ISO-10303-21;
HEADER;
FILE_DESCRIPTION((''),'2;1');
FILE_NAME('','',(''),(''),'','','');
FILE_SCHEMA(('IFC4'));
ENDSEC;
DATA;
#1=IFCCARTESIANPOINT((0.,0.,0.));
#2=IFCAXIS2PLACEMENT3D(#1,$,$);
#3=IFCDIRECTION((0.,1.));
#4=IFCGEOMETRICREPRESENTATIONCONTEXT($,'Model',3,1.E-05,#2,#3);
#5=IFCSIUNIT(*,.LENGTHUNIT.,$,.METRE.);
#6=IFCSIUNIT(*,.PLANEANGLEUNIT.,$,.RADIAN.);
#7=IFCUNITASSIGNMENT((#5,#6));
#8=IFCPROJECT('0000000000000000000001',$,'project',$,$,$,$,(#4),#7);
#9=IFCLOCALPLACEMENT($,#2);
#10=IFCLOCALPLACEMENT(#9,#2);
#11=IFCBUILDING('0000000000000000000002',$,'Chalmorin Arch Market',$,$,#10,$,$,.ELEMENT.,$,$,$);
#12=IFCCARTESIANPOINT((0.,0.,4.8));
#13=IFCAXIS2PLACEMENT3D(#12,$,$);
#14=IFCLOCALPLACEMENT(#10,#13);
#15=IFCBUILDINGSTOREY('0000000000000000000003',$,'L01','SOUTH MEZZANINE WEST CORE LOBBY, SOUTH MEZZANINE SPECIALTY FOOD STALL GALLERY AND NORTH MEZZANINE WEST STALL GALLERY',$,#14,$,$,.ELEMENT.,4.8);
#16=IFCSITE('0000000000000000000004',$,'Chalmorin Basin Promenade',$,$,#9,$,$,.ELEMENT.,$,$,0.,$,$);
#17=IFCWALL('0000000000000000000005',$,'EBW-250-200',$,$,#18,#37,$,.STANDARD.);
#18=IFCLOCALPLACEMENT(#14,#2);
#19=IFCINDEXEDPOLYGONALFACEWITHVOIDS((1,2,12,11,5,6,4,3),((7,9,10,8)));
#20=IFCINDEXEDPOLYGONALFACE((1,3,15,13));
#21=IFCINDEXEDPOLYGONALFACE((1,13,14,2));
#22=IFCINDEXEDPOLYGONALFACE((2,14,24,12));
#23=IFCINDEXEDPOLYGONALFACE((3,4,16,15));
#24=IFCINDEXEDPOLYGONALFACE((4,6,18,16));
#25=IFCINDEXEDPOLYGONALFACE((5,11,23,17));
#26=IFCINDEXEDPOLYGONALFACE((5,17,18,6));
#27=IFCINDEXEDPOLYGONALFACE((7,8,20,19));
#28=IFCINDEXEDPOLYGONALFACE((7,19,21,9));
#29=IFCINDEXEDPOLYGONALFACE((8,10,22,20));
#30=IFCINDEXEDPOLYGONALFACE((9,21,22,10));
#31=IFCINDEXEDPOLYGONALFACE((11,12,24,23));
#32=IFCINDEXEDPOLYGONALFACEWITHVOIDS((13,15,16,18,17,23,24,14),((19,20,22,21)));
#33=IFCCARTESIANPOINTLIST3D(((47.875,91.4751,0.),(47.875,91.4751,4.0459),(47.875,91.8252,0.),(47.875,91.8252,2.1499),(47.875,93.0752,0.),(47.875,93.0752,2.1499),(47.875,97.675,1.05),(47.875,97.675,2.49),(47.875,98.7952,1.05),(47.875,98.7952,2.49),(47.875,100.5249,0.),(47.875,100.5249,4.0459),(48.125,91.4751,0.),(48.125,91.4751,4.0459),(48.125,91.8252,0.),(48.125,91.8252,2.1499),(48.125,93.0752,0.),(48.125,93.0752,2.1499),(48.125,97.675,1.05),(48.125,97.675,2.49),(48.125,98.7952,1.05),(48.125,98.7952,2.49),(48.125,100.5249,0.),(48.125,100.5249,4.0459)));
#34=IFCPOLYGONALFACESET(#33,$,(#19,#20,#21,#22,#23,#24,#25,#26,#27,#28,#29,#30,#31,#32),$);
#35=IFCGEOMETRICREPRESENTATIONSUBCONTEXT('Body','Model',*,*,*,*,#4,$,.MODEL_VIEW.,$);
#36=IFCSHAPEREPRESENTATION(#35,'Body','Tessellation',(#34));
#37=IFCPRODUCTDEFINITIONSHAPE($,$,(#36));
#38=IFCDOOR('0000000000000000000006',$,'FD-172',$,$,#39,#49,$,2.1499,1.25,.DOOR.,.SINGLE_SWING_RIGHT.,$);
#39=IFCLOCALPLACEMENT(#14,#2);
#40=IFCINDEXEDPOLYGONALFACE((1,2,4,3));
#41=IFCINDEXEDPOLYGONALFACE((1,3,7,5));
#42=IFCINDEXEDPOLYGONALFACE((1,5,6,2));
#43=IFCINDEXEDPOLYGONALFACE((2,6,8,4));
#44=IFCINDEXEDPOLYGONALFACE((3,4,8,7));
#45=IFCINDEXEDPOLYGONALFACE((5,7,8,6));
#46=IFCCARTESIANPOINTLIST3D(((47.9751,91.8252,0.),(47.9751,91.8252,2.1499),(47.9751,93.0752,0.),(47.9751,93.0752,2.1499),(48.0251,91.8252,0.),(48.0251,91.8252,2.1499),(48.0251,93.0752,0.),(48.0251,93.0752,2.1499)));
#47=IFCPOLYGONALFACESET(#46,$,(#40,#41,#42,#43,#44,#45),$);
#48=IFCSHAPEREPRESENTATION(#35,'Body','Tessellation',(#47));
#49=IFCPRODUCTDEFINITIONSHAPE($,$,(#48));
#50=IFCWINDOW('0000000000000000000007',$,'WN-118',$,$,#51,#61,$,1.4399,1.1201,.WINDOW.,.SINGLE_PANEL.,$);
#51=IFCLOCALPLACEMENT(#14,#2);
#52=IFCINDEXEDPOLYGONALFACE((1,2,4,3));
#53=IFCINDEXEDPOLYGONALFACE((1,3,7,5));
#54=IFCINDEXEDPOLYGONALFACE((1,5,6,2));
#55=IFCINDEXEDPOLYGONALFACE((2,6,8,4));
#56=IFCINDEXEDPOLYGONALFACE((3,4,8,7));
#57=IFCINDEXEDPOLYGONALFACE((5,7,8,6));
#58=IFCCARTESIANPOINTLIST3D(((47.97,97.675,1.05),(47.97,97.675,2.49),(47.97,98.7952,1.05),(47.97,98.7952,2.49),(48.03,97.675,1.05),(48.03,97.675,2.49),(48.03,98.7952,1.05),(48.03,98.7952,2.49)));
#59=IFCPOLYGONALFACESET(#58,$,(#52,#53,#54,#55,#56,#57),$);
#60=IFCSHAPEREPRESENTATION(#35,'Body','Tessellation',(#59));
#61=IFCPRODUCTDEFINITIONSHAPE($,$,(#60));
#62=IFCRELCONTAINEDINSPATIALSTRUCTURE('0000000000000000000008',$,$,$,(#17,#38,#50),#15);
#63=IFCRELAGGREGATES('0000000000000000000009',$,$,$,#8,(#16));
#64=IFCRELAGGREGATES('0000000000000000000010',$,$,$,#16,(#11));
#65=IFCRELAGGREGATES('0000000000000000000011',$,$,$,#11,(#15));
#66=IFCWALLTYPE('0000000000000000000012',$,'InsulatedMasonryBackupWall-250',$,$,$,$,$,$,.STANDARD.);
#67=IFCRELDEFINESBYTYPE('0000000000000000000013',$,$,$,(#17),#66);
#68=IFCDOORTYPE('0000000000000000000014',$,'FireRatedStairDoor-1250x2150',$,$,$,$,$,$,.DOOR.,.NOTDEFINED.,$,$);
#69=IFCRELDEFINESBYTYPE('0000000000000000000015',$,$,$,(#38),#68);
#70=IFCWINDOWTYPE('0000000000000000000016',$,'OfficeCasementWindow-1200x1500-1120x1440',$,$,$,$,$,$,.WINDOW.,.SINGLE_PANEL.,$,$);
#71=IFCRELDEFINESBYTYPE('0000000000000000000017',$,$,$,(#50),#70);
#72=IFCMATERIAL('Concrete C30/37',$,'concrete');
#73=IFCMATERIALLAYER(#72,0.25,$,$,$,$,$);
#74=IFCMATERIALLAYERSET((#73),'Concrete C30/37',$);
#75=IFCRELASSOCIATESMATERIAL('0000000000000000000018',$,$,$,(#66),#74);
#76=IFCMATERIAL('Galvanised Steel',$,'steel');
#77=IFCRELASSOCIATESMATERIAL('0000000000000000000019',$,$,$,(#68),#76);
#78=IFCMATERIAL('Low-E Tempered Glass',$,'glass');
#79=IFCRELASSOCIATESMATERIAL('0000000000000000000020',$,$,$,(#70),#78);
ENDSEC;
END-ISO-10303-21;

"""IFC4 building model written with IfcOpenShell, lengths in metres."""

from ifc_helpers import new_model, si_unit, direction, frame, frame_2d, origin, place, context, subcontext, project, spatial, rectangle, extrude, material, layer, layer_set, type_object, element, fill, save


model = new_model("IFC4")

# Units and contexts
model_context = context("Model", 3, precision=1e-05, world=origin(), true_north=direction((0.0, 1.0)))
body_context = subcontext(model_context, "Body", "Model", "MODEL_VIEW")
ifc_project = project(units=[si_unit("LENGTHUNIT", "METRE"), si_unit("PLANEANGLEUNIT", "RADIAN")], contexts=[model_context])

# Site, building, storey
site_placement = place(None, origin())
site = spatial("IfcSite", under=ifc_project, at=site_placement, Name="Chalmorin Basin Promenade", CompositionType="ELEMENT", RefElevation=0.0)
building_placement = place(site_placement, origin())
building = spatial("IfcBuilding", under=site, at=building_placement, Name="Chalmorin Arch Market", CompositionType="ELEMENT")
storey_placement = place(building_placement, frame((0.0, 0.0, 4.8)))
storey = spatial("IfcBuildingStorey", under=building, at=storey_placement, Name="L01", Description="SOUTH MEZZANINE WEST CORE LOBBY, SOUTH MEZZANINE SPECIALTY FOOD STALL GALLERY AND NORTH MEZZANINE WEST STALL GALLERY", CompositionType="ELEMENT", Elevation=4.8)

# Shared definitions
ifc_material_1 = material(Name="Low-E Tempered Glass", Category="glass")

# Shared definitions
ifc_material_2 = material(Name="Galvanised Steel", Category="steel")

# Wall, openings, door, window
ifc_material_3 = material(Name="Concrete C30/37", Category="concrete")
ifc_layer_1 = layer(ifc_material_3, 0.25)
ifc_layer_set_1 = layer_set([ifc_layer_1], Name="Concrete C30/37")
wall_type_1 = type_object("IfcWallType", Name="InsulatedMasonryBackupWall-250", PredefinedType="STANDARD", material=ifc_layer_set_1)
wall_1_placement = place(storey_placement, frame((48.0, 91.4751, 0.0), z_axis=(0.0, 0.0, 1.0), x_axis=(0.0, 1.0, 0.0)))
wall_1 = element("IfcWall", 1, at=wall_1_placement, inside=storey, type_object=wall_type_1, Name="EBW-250-200", PredefinedType="STANDARD", context=body_context, shape_type="SweptSolid", body=[
    extrude(rectangle(XDim=9.0498, YDim=0.25, at=frame_2d((4.5249, 0.0))), origin(), (0.0, 0.0, 1.0), 4.0459),
])
opening_1_placement = place(wall_1_placement, frame((6.2, 0.0, 1.05)))
opening_1 = element("IfcOpeningElement", 2, at=opening_1_placement, cuts=wall_1, PredefinedType="OPENING", context=body_context, shape_type="SweptSolid", body=[
    extrude(rectangle(XDim=1.1201, YDim=1.4399, at=frame_2d((0.5601, 0.72))), frame((0.0, 0.135, 0.0), z_axis=(0.0, -1.0, 0.0), x_axis=(1.0, 0.0, 0.0)), (0.0, 0.0, 1.0), 0.27),
])
opening_2_placement = place(wall_1_placement, frame((0.3501, 0.0, 0.0)))
opening_2 = element("IfcOpeningElement", 3, at=opening_2_placement, cuts=wall_1, PredefinedType="OPENING", context=body_context, shape_type="SweptSolid", body=[
    extrude(rectangle(XDim=1.25, YDim=2.1499, at=frame_2d((0.625, 1.075))), frame((0.0, 0.135, 0.0), z_axis=(0.0, -1.0, 0.0), x_axis=(1.0, 0.0, 0.0)), (0.0, 0.0, 1.0), 0.27),
])
door_type_1 = type_object("IfcDoorType", Name="FireRatedStairDoor-1250x2150", OperationType="NOTDEFINED", PredefinedType="DOOR", material=ifc_material_2)
door_1_placement = place(opening_2_placement, origin())
door_1 = element("IfcDoor", 4, at=door_1_placement, inside=storey, type_object=door_type_1, Name="FD-172", OperationType="SINGLE_SWING_RIGHT", OverallHeight=2.1499, OverallWidth=1.25, PredefinedType="DOOR", context=body_context, shape_type="SweptSolid", body=[
    extrude(rectangle(XDim=1.25, YDim=2.1499, at=frame_2d((0.625, 1.075))), frame((0.0, 0.0249, 0.0), z_axis=(0.0, -1.0, 0.0), x_axis=(1.0, 0.0, 0.0)), (0.0, 0.0, 1.0), 0.05),
])
fill(opening_2, door_1)
window_type = type_object("IfcWindowType", Name="OfficeCasementWindow-1200x1500-1120x1440", PartitioningType="SINGLE_PANEL", PredefinedType="WINDOW", material=ifc_material_1)
window_placement = place(opening_1_placement, origin())
window = element("IfcWindow", 5, at=window_placement, inside=storey, type_object=window_type, Name="WN-118", OverallHeight=1.4399, OverallWidth=1.1201, PartitioningType="SINGLE_PANEL", PredefinedType="WINDOW", context=body_context, shape_type="SweptSolid", body=[
    extrude(rectangle(XDim=1.1201, YDim=1.4399, at=frame_2d((0.5601, 0.72))), frame((0.0, 0.03, 0.0), z_axis=(0.0, -1.0, 0.0), x_axis=(1.0, 0.0, 0.0)), (0.0, 0.0, 1.0), 0.0601),
])
fill(opening_1, window)

save(model, "model.ifc")
